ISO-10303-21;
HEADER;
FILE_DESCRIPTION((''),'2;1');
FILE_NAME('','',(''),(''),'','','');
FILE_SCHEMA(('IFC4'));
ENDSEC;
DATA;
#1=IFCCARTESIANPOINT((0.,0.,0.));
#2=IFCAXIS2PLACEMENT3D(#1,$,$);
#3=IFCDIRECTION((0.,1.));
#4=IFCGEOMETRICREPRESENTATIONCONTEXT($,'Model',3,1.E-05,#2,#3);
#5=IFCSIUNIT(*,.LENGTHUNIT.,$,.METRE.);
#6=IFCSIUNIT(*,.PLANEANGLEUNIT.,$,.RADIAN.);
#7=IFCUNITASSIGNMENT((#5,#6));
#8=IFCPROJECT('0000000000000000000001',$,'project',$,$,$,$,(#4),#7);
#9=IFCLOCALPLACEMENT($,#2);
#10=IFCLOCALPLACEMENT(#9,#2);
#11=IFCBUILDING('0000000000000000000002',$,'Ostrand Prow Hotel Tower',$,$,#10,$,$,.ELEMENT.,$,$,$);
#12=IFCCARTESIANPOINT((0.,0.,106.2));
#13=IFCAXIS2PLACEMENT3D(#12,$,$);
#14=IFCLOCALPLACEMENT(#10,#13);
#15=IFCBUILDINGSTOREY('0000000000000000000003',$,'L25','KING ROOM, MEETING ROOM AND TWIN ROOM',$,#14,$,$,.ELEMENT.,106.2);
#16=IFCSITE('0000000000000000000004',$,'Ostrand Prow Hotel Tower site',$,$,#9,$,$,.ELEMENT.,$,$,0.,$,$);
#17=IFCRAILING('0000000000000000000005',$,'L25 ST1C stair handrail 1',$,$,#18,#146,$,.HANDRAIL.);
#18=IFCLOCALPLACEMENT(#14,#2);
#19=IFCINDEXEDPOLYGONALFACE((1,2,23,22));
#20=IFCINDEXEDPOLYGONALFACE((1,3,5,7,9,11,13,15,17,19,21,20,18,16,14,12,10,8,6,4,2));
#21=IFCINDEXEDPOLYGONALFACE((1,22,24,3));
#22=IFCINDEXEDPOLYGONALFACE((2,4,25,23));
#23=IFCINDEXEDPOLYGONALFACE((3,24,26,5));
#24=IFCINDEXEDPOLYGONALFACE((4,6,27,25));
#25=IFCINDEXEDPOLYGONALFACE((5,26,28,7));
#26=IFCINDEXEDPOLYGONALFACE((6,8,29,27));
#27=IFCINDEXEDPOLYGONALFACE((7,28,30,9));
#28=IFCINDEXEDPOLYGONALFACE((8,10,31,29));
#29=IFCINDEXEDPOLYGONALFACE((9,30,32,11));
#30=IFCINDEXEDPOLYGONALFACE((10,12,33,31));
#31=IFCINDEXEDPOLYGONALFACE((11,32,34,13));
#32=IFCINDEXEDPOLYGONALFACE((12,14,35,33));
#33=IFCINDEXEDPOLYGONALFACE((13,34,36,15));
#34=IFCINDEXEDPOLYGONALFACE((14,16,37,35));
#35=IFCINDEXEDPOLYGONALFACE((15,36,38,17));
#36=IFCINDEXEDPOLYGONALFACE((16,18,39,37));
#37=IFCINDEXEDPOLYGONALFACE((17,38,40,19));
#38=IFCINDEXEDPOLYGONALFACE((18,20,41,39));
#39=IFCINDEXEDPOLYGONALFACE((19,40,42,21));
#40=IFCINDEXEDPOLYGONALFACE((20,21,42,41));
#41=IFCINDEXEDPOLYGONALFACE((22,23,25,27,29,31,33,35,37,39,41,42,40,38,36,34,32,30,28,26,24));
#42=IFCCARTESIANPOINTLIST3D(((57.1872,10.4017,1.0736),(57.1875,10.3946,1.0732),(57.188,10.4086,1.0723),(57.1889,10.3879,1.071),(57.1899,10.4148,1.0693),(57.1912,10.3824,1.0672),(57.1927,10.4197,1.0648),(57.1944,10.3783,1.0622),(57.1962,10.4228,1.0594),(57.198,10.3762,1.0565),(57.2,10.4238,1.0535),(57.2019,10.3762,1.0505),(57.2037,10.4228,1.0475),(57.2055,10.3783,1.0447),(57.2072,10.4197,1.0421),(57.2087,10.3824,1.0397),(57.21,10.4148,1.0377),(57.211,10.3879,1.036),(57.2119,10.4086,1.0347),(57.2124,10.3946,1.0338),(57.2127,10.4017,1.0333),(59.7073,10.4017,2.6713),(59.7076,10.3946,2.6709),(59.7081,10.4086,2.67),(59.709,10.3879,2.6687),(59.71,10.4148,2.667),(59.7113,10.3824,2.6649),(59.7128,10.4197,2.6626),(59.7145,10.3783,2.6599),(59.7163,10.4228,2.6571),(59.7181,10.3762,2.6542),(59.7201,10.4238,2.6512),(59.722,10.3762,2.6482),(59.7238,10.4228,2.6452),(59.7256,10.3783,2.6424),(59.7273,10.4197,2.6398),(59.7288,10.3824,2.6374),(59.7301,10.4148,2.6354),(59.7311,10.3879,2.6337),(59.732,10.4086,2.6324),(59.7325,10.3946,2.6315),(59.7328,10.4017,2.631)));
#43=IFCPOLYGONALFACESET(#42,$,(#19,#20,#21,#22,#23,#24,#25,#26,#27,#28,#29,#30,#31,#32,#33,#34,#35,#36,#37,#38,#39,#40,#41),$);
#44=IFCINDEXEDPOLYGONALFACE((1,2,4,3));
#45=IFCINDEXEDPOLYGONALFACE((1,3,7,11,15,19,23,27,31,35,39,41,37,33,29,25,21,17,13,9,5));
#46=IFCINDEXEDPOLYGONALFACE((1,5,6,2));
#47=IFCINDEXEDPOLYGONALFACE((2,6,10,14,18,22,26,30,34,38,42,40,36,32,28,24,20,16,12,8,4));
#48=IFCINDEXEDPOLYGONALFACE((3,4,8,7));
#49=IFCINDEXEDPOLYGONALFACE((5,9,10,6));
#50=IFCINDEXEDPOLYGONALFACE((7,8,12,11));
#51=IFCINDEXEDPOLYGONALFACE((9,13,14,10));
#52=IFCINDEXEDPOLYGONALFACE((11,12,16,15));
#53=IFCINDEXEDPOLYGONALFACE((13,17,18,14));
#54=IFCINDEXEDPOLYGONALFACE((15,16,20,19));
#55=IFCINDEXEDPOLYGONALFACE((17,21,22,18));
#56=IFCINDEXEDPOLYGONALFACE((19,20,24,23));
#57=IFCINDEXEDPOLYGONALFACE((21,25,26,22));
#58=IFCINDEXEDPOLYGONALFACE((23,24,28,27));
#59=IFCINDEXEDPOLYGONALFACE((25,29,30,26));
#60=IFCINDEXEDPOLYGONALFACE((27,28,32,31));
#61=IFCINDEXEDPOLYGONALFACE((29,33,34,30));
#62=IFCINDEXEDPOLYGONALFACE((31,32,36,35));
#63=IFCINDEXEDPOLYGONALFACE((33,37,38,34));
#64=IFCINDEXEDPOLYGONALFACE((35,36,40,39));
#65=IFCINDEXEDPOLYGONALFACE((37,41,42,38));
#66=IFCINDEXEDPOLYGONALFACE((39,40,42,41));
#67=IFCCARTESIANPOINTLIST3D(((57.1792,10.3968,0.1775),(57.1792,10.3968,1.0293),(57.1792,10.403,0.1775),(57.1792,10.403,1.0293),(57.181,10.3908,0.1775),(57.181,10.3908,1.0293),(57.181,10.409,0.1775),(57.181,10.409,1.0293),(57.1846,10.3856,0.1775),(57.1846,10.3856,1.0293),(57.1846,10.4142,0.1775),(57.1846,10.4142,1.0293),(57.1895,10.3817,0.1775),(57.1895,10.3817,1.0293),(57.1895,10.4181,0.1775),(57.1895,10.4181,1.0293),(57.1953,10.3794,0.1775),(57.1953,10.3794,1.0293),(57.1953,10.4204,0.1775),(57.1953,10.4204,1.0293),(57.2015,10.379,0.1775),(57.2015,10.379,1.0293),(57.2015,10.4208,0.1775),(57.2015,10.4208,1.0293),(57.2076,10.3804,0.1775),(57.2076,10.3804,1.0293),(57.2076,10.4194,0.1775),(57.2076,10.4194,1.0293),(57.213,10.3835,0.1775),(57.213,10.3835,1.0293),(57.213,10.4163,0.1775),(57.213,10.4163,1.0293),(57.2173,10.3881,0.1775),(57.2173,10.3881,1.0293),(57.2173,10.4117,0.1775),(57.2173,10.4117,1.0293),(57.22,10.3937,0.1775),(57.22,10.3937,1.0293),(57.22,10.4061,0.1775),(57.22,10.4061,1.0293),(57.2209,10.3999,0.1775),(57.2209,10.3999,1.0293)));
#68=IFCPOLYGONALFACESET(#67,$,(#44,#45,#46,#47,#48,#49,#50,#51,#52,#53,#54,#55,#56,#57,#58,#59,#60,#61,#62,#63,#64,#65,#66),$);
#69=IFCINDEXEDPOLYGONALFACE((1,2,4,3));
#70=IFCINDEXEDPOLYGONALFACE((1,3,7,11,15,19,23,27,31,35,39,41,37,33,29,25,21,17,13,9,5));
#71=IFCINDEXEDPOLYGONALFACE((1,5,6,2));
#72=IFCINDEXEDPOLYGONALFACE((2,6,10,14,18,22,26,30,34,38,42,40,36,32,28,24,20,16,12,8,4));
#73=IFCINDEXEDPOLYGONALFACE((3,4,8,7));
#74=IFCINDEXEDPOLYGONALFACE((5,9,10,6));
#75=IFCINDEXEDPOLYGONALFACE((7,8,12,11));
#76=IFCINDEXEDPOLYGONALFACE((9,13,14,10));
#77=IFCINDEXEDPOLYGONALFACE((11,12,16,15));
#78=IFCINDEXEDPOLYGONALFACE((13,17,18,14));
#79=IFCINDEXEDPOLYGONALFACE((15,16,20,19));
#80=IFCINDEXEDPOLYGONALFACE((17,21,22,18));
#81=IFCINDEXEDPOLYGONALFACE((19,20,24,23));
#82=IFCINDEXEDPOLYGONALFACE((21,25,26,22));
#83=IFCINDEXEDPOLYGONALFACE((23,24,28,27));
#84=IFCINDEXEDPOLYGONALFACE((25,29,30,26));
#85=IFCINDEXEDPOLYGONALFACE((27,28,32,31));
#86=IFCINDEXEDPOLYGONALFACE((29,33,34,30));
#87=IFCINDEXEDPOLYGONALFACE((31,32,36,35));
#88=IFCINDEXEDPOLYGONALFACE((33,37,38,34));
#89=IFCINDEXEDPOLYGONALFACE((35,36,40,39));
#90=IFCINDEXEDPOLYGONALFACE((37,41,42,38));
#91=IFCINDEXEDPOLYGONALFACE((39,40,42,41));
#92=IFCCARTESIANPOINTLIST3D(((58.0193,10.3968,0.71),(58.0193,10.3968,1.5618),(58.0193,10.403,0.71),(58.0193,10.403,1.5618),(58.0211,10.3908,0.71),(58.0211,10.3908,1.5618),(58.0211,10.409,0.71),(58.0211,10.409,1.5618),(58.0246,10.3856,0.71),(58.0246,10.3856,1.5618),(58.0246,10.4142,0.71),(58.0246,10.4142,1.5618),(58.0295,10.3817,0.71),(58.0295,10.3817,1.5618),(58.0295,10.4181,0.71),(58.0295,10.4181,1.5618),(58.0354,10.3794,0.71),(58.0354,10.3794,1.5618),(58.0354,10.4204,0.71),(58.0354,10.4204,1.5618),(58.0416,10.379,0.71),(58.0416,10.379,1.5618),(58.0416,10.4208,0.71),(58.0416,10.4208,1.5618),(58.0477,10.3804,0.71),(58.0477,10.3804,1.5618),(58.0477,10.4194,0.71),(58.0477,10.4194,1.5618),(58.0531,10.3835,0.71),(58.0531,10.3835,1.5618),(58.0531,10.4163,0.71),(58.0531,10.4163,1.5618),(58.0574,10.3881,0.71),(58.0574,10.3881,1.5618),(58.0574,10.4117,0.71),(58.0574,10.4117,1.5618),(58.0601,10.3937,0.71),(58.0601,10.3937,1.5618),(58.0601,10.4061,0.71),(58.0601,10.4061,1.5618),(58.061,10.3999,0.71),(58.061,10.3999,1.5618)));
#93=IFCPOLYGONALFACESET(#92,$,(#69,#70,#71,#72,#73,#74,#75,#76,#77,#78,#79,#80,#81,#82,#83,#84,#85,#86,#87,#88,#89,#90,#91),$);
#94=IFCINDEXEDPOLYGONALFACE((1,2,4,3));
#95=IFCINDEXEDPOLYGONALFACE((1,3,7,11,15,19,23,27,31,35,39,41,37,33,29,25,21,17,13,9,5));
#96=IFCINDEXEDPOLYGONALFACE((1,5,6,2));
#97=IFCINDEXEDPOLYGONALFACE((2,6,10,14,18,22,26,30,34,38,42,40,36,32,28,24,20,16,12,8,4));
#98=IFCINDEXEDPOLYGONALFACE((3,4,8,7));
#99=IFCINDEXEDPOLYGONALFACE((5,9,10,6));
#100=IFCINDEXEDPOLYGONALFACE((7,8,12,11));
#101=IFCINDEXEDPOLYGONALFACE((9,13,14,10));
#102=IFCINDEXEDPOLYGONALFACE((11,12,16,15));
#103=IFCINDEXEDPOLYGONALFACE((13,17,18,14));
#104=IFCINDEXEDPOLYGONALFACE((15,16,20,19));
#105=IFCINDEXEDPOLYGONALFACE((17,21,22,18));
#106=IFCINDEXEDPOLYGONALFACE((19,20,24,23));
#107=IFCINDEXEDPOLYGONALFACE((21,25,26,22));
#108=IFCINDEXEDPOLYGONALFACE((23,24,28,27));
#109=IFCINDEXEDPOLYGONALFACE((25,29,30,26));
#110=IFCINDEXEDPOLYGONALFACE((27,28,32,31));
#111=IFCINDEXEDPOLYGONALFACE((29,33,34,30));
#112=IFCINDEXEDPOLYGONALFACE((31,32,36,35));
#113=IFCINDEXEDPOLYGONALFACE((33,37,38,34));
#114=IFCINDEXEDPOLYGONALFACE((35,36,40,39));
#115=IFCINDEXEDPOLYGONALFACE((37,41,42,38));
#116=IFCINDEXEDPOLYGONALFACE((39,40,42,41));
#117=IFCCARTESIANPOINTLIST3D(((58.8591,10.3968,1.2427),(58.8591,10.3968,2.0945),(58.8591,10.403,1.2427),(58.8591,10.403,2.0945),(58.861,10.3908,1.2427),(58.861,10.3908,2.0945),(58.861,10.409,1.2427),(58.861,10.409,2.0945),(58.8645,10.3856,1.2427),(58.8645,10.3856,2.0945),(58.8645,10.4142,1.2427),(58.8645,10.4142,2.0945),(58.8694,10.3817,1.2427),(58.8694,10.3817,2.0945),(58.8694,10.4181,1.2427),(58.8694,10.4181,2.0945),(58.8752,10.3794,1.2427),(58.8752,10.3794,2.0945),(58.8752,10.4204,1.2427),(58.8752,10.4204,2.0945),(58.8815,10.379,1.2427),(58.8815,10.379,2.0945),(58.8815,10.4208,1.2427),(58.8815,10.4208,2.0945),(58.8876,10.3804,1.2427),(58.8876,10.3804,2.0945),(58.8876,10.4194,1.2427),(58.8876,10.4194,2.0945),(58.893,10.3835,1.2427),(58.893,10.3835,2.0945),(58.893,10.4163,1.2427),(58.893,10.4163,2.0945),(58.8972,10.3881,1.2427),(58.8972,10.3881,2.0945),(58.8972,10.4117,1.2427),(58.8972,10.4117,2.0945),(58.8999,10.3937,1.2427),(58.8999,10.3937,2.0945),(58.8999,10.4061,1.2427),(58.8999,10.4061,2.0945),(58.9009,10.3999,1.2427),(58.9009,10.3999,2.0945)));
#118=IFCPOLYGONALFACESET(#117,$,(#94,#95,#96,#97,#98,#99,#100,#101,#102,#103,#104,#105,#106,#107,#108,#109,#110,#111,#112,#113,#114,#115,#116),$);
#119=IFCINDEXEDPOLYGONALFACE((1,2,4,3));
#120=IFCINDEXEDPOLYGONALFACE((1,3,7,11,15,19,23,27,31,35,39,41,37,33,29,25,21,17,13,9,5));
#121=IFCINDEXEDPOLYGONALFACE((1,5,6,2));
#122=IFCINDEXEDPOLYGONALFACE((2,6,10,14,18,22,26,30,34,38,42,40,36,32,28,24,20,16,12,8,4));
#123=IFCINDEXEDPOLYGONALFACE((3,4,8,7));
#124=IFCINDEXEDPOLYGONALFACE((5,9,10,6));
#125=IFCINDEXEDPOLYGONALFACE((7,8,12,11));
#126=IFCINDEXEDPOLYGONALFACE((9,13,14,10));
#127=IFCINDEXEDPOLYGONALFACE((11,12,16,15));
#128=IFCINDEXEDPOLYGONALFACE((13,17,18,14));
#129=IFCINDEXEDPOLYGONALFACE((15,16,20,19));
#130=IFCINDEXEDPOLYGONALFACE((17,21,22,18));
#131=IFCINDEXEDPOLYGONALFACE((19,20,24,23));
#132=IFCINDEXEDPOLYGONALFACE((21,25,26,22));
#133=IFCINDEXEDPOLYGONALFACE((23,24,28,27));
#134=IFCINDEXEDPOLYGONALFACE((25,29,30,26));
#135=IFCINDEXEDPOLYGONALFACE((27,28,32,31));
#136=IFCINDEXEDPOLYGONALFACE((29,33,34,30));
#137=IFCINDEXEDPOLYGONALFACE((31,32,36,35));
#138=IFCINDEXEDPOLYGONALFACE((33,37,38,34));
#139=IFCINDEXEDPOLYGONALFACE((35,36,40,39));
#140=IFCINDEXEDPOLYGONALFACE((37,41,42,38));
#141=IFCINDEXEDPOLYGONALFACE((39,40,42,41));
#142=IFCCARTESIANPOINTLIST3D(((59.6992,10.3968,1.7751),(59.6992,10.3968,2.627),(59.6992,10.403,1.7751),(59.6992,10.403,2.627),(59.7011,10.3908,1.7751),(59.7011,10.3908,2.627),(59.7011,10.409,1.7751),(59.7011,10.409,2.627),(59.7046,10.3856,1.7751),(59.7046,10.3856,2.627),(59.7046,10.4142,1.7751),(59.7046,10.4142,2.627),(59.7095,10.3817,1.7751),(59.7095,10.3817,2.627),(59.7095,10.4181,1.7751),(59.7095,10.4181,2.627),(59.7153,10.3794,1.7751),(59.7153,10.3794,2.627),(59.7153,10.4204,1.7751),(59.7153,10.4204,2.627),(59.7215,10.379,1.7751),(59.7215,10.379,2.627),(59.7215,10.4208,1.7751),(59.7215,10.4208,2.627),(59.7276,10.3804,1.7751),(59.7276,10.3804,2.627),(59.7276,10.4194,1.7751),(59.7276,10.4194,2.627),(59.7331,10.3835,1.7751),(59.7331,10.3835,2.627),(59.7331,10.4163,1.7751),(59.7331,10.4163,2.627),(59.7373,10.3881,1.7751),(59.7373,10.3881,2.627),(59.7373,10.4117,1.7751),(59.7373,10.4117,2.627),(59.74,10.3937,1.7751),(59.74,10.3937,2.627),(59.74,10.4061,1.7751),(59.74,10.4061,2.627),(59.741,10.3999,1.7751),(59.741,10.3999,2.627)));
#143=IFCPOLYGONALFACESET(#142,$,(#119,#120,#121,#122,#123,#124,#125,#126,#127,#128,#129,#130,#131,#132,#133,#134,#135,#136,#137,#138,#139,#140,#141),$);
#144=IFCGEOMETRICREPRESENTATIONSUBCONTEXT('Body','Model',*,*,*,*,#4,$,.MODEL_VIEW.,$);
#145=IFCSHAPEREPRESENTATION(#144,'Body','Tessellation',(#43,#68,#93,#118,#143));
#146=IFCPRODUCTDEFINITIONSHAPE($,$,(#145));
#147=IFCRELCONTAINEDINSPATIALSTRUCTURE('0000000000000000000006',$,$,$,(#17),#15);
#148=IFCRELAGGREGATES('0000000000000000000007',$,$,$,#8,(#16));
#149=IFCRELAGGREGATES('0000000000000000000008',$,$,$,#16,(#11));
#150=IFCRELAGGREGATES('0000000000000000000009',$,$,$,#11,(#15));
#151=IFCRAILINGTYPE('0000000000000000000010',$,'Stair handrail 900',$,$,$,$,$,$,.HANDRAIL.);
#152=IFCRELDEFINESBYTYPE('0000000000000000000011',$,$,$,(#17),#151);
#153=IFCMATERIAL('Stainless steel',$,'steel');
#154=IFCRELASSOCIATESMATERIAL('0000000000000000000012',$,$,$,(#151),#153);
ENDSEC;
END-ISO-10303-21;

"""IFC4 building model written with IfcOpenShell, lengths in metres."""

from ifc_helpers import new_model, si_unit, direction, frame, origin, origin_2d, place, context, subcontext, project, spatial, circle, extrude, material, type_object, element, save


model = new_model("IFC4")

# Units and contexts
model_context = context("Model", 3, precision=1e-05, world=origin(), true_north=direction((0.0, 1.0)))
body_context = subcontext(model_context, "Body", "Model", "MODEL_VIEW")
ifc_project = project(units=[si_unit("LENGTHUNIT", "METRE"), si_unit("PLANEANGLEUNIT", "RADIAN")], contexts=[model_context])

# Site, building, storey
site_placement = place(None, origin())
site = spatial("IfcSite", under=ifc_project, at=site_placement, Name="Ostrand Prow Hotel Tower site", CompositionType="ELEMENT", RefElevation=0.0)
building_placement = place(site_placement, origin())
building = spatial("IfcBuilding", under=site, at=building_placement, Name="Ostrand Prow Hotel Tower", CompositionType="ELEMENT")
storey_placement = place(building_placement, frame((0.0, 0.0, 106.2)))
storey = spatial("IfcBuildingStorey", under=building, at=storey_placement, Name="L25", Description="KING ROOM, MEETING ROOM AND TWIN ROOM", CompositionType="ELEMENT", Elevation=106.2)

# Railing
ifc_material_1 = material(Name="Stainless steel", Category="steel")
railing_type_1 = type_object("IfcRailingType", Name="Stair handrail 900", PredefinedType="HANDRAIL", material=ifc_material_1)
railing_1_placement = place(storey_placement, frame((57.2, 10.3999, 0.1775)))
element("IfcRailing", 1, at=railing_1_placement, inside=storey, type_object=railing_type_1, Name="L25 ST1C stair handrail 1", PredefinedType="HANDRAIL", context=body_context, shape_type="SweptSolid", body=[
    extrude(circle(Radius=0.0239, at=origin_2d()), frame((0.0, 0.0, 0.876), z_axis=(0.84457, 0.0, 0.535445), x_axis=(0.0, 1.0, 0.0)), (0.0, 0.0, 1.0), 2.9839),
    extrude(circle(Radius=0.021, at=origin_2d()), origin(), (0.0, 0.0, 1.0), 0.8518),
    extrude(circle(Radius=0.021, at=origin_2d()), frame((0.8401, 0.0, 0.5325)), (0.0, 0.0, 1.0), 0.8518),
    extrude(circle(Radius=0.021, at=origin_2d()), frame((1.6799, 0.0, 1.0652)), (0.0, 0.0, 1.0), 0.8518),
    extrude(circle(Radius=0.021, at=origin_2d()), frame((2.52, 0.0, 1.5977)), (0.0, 0.0, 1.0), 0.8518),
])

save(model, "model.ifc")
